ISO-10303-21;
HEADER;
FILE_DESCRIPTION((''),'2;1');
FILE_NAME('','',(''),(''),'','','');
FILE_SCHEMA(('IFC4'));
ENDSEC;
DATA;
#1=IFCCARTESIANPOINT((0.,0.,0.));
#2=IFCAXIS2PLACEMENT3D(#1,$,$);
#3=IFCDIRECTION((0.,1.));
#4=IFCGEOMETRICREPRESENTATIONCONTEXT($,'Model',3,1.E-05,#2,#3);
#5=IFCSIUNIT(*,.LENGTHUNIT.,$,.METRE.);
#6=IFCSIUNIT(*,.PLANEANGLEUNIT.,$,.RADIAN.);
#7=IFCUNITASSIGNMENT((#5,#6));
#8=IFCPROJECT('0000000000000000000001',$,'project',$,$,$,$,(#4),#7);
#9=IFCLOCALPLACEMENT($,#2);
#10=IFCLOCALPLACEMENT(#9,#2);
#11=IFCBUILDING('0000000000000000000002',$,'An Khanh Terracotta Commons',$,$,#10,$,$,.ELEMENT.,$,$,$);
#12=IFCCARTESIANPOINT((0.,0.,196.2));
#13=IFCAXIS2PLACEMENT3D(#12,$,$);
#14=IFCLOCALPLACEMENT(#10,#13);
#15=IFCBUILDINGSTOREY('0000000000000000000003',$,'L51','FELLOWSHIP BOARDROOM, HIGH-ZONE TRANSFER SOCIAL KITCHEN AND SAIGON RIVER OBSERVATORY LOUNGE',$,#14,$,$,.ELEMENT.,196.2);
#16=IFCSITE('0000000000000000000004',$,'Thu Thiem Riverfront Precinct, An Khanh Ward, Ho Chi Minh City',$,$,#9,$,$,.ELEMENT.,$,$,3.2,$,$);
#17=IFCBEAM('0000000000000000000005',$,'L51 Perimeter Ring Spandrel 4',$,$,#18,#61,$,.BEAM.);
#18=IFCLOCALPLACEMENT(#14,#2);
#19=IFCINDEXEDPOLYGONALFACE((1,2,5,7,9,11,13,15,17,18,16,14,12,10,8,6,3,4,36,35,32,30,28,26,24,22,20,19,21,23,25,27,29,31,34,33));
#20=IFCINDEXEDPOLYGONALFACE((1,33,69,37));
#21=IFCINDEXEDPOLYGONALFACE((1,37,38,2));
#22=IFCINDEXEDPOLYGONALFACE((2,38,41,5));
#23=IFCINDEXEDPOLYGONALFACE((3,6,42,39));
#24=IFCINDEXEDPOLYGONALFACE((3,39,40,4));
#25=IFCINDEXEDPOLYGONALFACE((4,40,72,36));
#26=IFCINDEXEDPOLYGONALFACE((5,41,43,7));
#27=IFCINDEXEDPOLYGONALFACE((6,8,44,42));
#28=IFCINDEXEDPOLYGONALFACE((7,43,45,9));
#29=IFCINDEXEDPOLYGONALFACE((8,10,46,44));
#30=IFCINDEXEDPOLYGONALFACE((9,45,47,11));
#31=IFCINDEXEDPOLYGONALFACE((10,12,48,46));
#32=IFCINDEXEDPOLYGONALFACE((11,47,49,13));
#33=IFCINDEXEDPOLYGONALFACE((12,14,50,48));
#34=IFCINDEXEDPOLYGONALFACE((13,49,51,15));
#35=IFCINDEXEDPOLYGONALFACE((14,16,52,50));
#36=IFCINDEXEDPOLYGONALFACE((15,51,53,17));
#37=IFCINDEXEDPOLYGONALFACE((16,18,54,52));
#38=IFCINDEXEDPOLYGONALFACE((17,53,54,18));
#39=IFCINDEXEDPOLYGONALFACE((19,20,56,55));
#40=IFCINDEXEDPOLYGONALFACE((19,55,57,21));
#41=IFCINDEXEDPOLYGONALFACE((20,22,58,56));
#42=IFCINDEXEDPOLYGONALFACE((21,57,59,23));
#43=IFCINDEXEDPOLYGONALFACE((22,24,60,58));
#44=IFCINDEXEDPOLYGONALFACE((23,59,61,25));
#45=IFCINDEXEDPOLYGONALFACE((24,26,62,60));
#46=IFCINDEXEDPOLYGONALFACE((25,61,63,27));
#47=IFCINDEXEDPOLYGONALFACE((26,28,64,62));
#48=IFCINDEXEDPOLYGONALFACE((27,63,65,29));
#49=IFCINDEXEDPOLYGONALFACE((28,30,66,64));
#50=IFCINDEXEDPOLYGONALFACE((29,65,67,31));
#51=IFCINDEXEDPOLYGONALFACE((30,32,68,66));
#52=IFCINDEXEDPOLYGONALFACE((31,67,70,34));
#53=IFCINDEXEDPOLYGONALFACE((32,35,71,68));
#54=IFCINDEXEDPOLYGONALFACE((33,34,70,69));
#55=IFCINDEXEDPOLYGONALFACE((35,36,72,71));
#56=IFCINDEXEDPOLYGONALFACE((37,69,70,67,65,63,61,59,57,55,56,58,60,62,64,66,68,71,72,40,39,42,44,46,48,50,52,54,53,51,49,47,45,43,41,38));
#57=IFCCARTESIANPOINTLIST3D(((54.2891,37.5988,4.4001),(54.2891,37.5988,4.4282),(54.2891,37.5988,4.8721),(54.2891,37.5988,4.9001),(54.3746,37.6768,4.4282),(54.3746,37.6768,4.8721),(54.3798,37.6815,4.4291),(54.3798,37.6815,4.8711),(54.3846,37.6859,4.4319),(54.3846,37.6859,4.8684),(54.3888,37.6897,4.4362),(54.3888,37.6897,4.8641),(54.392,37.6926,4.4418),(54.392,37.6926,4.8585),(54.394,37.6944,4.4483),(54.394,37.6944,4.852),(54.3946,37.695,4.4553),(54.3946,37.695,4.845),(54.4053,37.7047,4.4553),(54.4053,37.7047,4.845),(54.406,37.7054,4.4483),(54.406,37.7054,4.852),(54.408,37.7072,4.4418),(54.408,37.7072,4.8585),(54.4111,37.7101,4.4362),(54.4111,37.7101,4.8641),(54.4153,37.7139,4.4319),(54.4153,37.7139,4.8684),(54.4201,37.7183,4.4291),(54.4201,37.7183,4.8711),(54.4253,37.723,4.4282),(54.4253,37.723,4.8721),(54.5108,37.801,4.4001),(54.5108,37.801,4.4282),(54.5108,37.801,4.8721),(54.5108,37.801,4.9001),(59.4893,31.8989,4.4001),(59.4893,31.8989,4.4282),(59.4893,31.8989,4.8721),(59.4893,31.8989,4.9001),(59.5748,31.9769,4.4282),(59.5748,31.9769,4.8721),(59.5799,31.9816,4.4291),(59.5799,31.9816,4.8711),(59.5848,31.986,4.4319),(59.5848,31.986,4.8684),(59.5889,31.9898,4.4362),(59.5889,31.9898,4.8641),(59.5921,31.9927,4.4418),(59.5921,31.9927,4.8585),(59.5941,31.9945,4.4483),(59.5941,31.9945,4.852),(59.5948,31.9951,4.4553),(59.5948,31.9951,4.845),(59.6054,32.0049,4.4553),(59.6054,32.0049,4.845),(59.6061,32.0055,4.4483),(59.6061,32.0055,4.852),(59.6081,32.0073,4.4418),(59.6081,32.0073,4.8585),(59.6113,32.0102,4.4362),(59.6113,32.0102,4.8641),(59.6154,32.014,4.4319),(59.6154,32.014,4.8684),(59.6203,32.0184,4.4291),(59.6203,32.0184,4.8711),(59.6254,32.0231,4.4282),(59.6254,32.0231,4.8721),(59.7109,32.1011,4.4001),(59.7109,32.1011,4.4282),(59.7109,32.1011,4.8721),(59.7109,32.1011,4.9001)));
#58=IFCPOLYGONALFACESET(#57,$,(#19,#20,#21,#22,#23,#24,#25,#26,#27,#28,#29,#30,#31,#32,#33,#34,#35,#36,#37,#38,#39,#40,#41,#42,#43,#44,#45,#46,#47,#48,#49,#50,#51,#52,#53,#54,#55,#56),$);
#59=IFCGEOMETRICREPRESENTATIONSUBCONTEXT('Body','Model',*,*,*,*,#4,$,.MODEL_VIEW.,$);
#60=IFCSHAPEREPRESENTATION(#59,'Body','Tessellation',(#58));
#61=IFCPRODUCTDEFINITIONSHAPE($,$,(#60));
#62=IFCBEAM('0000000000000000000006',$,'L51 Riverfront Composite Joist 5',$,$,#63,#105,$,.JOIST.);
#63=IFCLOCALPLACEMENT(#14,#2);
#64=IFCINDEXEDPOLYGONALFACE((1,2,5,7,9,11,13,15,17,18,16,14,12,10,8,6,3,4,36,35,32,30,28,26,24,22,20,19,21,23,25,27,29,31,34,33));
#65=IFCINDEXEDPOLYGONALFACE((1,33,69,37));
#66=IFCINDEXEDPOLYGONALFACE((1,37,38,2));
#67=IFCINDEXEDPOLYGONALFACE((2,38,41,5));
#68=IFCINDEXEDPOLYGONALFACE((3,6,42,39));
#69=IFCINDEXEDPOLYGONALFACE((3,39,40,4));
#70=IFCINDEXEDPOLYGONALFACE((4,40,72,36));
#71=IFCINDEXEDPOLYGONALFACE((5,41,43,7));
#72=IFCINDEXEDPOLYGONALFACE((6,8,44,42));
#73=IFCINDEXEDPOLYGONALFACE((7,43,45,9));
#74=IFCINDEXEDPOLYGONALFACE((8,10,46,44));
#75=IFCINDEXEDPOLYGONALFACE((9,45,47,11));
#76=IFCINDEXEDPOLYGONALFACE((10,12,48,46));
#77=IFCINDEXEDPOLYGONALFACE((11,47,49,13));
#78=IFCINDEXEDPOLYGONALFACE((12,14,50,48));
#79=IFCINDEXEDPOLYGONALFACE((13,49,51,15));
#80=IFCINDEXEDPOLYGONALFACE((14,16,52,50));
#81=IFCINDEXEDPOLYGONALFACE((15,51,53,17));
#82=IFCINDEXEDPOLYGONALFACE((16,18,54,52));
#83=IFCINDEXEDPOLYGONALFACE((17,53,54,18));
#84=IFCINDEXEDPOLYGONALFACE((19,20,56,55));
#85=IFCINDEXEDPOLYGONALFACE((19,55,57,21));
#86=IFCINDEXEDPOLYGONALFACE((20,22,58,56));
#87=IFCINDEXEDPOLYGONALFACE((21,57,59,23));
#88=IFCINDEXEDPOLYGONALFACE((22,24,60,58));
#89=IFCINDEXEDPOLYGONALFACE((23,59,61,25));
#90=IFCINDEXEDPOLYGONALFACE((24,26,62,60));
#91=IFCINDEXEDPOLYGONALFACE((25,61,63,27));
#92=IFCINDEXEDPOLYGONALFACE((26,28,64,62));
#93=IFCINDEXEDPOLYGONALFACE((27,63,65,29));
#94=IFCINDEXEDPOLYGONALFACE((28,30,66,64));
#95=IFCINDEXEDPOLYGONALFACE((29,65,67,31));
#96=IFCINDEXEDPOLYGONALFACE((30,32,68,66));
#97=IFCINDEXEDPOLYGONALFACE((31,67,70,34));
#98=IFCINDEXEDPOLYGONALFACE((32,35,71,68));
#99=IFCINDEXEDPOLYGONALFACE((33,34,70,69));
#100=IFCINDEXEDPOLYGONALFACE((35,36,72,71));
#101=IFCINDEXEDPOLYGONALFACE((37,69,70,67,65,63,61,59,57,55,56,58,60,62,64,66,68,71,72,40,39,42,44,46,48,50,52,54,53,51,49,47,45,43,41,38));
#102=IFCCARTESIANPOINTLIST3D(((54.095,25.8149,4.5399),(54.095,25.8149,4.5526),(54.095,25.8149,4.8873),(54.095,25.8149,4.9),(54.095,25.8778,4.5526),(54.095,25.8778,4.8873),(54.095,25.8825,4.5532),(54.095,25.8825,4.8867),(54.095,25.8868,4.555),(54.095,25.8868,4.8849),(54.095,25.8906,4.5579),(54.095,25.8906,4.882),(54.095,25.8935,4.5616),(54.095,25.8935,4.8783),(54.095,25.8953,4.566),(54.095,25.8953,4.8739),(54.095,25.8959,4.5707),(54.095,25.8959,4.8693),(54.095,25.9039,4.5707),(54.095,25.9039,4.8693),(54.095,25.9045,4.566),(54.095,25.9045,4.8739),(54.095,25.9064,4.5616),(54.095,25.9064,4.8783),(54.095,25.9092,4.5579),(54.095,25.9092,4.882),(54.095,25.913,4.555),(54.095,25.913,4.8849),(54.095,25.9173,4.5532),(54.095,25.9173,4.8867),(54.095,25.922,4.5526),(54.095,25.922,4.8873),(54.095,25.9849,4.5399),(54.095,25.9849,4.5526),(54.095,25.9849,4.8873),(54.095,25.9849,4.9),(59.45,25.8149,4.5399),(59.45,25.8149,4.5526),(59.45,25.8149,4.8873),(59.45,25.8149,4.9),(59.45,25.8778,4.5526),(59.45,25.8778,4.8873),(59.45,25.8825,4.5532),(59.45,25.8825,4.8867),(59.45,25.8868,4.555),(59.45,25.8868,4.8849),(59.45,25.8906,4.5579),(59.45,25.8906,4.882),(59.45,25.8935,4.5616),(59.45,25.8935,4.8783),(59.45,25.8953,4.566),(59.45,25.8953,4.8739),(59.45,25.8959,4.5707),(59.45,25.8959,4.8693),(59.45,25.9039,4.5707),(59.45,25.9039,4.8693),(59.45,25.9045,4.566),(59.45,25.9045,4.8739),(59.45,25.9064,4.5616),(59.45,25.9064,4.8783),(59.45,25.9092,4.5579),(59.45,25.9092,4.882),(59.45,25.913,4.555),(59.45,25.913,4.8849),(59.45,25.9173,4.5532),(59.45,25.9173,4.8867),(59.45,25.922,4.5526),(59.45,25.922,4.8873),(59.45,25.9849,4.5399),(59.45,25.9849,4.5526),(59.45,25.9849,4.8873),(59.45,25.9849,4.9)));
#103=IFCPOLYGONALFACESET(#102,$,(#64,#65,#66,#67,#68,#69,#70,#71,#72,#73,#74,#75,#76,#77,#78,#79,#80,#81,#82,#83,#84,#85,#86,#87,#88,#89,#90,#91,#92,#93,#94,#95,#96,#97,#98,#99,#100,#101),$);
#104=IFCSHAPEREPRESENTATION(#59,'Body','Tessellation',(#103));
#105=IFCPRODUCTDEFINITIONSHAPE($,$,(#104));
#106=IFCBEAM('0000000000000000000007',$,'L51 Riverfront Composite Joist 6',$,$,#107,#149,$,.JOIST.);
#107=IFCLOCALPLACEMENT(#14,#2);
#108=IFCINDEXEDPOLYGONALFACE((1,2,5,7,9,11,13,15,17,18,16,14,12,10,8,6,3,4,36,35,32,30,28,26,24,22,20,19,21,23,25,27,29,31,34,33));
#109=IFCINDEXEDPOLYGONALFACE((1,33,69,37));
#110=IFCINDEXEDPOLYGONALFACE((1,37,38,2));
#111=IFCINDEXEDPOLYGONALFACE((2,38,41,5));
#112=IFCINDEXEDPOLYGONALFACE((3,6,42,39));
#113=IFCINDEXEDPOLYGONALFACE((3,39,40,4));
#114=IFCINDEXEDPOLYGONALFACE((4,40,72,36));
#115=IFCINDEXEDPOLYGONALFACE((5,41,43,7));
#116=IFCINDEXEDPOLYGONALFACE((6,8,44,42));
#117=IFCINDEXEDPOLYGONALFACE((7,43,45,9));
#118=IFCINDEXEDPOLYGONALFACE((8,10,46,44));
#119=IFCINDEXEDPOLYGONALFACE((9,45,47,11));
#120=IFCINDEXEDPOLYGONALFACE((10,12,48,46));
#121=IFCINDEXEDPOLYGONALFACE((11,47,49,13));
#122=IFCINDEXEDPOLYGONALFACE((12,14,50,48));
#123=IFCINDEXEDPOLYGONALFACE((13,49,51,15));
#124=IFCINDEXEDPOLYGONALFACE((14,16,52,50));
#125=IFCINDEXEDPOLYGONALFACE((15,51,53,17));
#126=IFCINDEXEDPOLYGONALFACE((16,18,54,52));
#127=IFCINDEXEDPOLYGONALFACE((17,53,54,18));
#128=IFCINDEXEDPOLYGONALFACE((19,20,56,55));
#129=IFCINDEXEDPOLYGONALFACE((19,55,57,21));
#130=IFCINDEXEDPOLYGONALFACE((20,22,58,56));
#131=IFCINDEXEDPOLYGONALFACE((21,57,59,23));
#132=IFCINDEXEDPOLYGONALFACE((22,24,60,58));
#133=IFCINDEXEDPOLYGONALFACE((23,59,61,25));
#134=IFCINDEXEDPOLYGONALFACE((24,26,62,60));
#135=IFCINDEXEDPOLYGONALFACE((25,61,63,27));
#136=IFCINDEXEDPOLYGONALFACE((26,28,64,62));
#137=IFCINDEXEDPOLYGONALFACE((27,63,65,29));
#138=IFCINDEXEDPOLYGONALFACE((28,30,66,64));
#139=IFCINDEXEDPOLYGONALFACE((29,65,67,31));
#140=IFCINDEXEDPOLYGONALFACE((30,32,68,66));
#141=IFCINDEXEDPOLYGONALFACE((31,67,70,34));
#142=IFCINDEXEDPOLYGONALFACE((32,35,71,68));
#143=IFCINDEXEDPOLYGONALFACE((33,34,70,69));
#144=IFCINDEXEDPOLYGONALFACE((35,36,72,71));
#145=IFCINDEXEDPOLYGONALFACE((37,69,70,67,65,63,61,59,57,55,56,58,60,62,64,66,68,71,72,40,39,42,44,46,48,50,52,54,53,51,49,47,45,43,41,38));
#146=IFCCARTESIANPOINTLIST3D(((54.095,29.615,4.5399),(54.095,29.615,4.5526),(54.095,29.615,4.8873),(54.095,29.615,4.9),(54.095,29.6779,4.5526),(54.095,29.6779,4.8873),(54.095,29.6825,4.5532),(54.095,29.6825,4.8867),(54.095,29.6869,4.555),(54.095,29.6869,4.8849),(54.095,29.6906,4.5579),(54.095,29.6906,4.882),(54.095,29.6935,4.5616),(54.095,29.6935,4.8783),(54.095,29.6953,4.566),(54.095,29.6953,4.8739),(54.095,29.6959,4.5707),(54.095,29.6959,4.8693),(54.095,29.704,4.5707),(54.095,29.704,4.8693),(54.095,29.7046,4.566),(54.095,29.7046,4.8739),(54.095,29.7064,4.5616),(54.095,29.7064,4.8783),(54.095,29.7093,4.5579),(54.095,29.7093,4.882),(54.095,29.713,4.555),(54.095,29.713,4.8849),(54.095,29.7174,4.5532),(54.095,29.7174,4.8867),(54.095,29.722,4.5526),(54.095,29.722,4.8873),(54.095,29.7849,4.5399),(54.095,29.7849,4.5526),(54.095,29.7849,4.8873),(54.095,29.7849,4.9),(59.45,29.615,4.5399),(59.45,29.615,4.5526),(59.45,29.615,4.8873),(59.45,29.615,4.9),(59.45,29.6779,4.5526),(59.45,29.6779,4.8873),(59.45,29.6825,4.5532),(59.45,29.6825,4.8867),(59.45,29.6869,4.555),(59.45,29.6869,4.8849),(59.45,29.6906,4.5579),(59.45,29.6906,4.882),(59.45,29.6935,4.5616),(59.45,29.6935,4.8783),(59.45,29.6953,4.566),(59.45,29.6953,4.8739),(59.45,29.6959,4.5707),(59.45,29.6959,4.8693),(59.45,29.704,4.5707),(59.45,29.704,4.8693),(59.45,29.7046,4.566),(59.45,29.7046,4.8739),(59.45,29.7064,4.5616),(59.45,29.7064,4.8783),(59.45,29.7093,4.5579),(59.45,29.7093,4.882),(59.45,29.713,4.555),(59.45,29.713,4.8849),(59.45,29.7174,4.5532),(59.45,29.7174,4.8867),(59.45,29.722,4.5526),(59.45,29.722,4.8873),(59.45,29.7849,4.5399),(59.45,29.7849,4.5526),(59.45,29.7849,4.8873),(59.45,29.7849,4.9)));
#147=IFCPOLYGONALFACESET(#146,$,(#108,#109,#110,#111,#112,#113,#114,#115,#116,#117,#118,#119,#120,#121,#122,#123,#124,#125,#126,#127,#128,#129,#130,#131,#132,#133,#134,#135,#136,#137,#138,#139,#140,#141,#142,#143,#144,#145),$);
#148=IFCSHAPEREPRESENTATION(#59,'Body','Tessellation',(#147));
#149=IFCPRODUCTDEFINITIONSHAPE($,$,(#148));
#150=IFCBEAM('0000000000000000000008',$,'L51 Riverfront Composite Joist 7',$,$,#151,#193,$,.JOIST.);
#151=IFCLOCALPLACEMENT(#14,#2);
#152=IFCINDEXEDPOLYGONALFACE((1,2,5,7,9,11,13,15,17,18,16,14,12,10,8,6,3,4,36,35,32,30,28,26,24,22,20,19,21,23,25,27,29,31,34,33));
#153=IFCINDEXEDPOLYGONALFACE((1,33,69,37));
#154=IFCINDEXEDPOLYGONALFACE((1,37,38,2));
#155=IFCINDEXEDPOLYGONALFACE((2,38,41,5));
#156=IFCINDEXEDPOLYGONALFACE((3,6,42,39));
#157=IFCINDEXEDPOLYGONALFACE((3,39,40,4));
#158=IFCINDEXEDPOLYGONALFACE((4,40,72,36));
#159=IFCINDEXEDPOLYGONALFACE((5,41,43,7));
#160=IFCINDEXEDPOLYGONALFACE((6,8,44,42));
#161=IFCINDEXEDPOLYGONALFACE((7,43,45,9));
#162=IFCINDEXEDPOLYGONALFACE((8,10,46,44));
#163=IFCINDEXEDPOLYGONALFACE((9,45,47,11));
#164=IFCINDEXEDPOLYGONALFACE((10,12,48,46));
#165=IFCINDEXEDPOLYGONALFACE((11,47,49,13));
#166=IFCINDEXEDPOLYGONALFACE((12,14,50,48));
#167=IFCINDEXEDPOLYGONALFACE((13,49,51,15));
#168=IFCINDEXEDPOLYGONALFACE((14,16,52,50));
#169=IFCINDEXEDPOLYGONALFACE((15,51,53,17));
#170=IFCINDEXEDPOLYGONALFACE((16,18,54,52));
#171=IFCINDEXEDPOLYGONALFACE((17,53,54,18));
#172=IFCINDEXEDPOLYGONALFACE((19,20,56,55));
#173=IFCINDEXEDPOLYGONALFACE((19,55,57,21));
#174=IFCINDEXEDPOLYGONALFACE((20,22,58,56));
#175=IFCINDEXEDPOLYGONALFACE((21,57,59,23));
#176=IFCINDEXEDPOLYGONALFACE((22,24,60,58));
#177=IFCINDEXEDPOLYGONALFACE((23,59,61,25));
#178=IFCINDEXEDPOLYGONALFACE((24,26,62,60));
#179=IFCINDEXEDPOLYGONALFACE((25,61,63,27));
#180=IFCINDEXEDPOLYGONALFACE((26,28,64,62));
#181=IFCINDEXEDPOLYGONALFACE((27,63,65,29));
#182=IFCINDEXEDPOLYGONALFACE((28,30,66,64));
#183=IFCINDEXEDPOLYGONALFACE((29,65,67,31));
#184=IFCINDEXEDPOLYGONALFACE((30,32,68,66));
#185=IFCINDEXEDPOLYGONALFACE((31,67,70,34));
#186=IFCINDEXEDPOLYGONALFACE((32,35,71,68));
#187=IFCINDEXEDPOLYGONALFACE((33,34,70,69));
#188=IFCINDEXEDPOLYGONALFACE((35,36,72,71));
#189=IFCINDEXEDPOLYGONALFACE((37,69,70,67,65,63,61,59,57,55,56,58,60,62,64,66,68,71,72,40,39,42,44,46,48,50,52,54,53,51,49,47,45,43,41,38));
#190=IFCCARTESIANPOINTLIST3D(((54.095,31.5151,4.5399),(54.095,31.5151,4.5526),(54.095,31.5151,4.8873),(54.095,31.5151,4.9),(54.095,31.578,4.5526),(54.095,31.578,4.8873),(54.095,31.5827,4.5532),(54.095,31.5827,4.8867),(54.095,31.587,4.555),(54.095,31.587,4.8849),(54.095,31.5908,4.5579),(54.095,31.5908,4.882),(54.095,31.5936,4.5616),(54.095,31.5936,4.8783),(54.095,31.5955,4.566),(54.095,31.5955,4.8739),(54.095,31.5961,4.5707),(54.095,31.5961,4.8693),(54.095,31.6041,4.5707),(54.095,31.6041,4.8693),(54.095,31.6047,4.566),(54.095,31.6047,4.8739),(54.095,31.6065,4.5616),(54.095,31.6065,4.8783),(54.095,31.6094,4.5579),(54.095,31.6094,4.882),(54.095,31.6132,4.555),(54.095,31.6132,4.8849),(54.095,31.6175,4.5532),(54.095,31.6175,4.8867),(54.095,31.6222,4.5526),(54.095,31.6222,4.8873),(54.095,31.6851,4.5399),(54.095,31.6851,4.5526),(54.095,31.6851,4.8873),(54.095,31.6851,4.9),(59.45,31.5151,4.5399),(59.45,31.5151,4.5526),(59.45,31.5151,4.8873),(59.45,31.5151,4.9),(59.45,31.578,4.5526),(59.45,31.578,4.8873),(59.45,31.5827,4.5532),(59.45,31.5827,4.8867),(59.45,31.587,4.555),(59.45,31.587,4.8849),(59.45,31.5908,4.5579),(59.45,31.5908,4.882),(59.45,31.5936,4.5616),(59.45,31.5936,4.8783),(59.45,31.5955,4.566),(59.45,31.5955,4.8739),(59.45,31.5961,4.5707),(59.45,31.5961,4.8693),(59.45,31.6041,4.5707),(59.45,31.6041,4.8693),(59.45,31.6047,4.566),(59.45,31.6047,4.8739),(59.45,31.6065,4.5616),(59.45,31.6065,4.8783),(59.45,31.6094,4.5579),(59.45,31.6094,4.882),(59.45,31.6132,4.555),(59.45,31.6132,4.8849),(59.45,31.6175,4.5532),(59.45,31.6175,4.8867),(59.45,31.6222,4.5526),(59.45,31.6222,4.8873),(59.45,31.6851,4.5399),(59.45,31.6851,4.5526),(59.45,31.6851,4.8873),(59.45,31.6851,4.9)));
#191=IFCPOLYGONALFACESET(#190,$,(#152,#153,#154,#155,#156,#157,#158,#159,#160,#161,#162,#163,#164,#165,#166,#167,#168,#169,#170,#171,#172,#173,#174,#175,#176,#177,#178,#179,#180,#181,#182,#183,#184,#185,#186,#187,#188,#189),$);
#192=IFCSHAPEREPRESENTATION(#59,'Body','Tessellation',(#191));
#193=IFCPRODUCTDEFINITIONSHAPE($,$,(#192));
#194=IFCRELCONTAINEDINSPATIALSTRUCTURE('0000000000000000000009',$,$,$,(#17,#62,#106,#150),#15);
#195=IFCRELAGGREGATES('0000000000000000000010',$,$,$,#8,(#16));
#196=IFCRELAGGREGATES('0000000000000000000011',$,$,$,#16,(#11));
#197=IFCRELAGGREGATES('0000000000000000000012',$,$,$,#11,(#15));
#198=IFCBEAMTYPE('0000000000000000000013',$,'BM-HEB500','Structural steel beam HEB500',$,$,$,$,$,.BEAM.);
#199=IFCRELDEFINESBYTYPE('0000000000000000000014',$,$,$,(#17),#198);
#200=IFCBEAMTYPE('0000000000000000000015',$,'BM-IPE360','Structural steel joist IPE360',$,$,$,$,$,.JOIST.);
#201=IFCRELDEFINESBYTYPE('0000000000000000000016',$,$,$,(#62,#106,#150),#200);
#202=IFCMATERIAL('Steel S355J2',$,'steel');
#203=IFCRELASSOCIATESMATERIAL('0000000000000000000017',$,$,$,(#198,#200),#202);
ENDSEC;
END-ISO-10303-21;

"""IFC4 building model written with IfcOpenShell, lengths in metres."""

from ifc_helpers import new_model, si_unit, direction, frame, origin, origin_2d, place, context, subcontext, project, spatial, i_section, extrude, material, material_profile, profile_set, type_object, element, save


model = new_model("IFC4")

# Units and contexts
model_context = context("Model", 3, precision=1e-05, world=origin(), true_north=direction((0.0, 1.0)))
body_context = subcontext(model_context, "Body", "Model", "MODEL_VIEW")
ifc_project = project(units=[si_unit("LENGTHUNIT", "METRE"), si_unit("PLANEANGLEUNIT", "RADIAN")], contexts=[model_context])

# Site, building, storey
site_placement = place(None, origin())
site = spatial("IfcSite", under=ifc_project, at=site_placement, Name="Thu Thiem Riverfront Precinct, An Khanh Ward, Ho Chi Minh City", CompositionType="ELEMENT", RefElevation=3.2)
building_placement = place(site_placement, origin())
building = spatial("IfcBuilding", under=site, at=building_placement, Name="An Khanh Terracotta Commons", CompositionType="ELEMENT")
storey_placement = place(building_placement, frame((0.0, 0.0, 196.2)))
storey = spatial("IfcBuildingStorey", under=building, at=storey_placement, Name="L51", Description="FELLOWSHIP BOARDROOM, HIGH-ZONE TRANSFER SOCIAL KITCHEN AND SAIGON RIVER OBSERVATORY LOUNGE", CompositionType="ELEMENT", Elevation=196.2)

# Beams
ifc_material_1 = material(Name="Steel S355J2", Category="steel")
ifc_material_profile_1 = material_profile(ifc_material_1, i_section(OverallWidth=0.3, OverallDepth=0.5, WebThickness=0.0144, FlangeThickness=0.0281, FilletRadius=0.0271, at=origin_2d()), Name="HEB500")
ifc_profile_set_1 = profile_set([ifc_material_profile_1], Name="Steel S355J2")
beam_type_1 = type_object("IfcBeamType", Name="BM-HEB500", Description="Structural steel beam HEB500", PredefinedType="BEAM", material=ifc_profile_set_1)
beam_1_placement = place(storey_placement, frame((59.6001, 32.0, 4.6501), z_axis=(-0.673979, 0.738751, 0.0), x_axis=(-0.738751, -0.673979, 0.0)))
element("IfcBeam", 1, at=beam_1_placement, inside=storey, type_object=beam_type_1, Name="L51 Perimeter Ring Spandrel 4", PredefinedType="BEAM", context=body_context, shape_type="SweptSolid", body=[
    extrude(i_section(OverallWidth=0.3, OverallDepth=0.5, WebThickness=0.0144, FlangeThickness=0.0281, FilletRadius=0.0271, at=origin_2d()), origin(), (0.0, 0.0, 1.0), 7.7156),
])
ifc_material_profile_2 = material_profile(ifc_material_1, i_section(OverallWidth=0.1699, OverallDepth=0.3601, WebThickness=0.0081, FlangeThickness=0.0127, FilletRadius=0.0181, at=origin_2d()), Name="IPE360")
ifc_profile_set_2 = profile_set([ifc_material_profile_2], Name="Steel S355J2")
beam_type_2 = type_object("IfcBeamType", Name="BM-IPE360", Description="Structural steel joist IPE360", PredefinedType="JOIST", material=ifc_profile_set_2)
for number, where, z_axis, x_axis, name in (
    (2, (54.095, 25.8999, 4.72), (1.0, 0.0, 0.0), (0.0, 1.0, 0.0), "L51 Riverfront Composite Joist 5"),
    (3, (54.095, 29.7, 4.72), (1.0, 0.0, 0.0), (0.0, 1.0, 0.0), "L51 Riverfront Composite Joist 6"),
    (4, (54.095, 31.6001, 4.72), (1.0, 0.0, 0.0), (0.0, 1.0, 0.0), "L51 Riverfront Composite Joist 7"),
):
    element("IfcBeam", number, at=place(storey_placement, frame(where, z_axis=z_axis, x_axis=x_axis)), inside=storey, type_object=beam_type_2, Name=name, PredefinedType="JOIST", context=body_context, shape_type="SweptSolid", body=[
        extrude(i_section(OverallWidth=0.1699, OverallDepth=0.3601, WebThickness=0.0081, FlangeThickness=0.0127, FilletRadius=0.0181, at=origin_2d()), origin(), (0.0, 0.0, 1.0), 5.355),
    ])

save(model, "model.ifc")
